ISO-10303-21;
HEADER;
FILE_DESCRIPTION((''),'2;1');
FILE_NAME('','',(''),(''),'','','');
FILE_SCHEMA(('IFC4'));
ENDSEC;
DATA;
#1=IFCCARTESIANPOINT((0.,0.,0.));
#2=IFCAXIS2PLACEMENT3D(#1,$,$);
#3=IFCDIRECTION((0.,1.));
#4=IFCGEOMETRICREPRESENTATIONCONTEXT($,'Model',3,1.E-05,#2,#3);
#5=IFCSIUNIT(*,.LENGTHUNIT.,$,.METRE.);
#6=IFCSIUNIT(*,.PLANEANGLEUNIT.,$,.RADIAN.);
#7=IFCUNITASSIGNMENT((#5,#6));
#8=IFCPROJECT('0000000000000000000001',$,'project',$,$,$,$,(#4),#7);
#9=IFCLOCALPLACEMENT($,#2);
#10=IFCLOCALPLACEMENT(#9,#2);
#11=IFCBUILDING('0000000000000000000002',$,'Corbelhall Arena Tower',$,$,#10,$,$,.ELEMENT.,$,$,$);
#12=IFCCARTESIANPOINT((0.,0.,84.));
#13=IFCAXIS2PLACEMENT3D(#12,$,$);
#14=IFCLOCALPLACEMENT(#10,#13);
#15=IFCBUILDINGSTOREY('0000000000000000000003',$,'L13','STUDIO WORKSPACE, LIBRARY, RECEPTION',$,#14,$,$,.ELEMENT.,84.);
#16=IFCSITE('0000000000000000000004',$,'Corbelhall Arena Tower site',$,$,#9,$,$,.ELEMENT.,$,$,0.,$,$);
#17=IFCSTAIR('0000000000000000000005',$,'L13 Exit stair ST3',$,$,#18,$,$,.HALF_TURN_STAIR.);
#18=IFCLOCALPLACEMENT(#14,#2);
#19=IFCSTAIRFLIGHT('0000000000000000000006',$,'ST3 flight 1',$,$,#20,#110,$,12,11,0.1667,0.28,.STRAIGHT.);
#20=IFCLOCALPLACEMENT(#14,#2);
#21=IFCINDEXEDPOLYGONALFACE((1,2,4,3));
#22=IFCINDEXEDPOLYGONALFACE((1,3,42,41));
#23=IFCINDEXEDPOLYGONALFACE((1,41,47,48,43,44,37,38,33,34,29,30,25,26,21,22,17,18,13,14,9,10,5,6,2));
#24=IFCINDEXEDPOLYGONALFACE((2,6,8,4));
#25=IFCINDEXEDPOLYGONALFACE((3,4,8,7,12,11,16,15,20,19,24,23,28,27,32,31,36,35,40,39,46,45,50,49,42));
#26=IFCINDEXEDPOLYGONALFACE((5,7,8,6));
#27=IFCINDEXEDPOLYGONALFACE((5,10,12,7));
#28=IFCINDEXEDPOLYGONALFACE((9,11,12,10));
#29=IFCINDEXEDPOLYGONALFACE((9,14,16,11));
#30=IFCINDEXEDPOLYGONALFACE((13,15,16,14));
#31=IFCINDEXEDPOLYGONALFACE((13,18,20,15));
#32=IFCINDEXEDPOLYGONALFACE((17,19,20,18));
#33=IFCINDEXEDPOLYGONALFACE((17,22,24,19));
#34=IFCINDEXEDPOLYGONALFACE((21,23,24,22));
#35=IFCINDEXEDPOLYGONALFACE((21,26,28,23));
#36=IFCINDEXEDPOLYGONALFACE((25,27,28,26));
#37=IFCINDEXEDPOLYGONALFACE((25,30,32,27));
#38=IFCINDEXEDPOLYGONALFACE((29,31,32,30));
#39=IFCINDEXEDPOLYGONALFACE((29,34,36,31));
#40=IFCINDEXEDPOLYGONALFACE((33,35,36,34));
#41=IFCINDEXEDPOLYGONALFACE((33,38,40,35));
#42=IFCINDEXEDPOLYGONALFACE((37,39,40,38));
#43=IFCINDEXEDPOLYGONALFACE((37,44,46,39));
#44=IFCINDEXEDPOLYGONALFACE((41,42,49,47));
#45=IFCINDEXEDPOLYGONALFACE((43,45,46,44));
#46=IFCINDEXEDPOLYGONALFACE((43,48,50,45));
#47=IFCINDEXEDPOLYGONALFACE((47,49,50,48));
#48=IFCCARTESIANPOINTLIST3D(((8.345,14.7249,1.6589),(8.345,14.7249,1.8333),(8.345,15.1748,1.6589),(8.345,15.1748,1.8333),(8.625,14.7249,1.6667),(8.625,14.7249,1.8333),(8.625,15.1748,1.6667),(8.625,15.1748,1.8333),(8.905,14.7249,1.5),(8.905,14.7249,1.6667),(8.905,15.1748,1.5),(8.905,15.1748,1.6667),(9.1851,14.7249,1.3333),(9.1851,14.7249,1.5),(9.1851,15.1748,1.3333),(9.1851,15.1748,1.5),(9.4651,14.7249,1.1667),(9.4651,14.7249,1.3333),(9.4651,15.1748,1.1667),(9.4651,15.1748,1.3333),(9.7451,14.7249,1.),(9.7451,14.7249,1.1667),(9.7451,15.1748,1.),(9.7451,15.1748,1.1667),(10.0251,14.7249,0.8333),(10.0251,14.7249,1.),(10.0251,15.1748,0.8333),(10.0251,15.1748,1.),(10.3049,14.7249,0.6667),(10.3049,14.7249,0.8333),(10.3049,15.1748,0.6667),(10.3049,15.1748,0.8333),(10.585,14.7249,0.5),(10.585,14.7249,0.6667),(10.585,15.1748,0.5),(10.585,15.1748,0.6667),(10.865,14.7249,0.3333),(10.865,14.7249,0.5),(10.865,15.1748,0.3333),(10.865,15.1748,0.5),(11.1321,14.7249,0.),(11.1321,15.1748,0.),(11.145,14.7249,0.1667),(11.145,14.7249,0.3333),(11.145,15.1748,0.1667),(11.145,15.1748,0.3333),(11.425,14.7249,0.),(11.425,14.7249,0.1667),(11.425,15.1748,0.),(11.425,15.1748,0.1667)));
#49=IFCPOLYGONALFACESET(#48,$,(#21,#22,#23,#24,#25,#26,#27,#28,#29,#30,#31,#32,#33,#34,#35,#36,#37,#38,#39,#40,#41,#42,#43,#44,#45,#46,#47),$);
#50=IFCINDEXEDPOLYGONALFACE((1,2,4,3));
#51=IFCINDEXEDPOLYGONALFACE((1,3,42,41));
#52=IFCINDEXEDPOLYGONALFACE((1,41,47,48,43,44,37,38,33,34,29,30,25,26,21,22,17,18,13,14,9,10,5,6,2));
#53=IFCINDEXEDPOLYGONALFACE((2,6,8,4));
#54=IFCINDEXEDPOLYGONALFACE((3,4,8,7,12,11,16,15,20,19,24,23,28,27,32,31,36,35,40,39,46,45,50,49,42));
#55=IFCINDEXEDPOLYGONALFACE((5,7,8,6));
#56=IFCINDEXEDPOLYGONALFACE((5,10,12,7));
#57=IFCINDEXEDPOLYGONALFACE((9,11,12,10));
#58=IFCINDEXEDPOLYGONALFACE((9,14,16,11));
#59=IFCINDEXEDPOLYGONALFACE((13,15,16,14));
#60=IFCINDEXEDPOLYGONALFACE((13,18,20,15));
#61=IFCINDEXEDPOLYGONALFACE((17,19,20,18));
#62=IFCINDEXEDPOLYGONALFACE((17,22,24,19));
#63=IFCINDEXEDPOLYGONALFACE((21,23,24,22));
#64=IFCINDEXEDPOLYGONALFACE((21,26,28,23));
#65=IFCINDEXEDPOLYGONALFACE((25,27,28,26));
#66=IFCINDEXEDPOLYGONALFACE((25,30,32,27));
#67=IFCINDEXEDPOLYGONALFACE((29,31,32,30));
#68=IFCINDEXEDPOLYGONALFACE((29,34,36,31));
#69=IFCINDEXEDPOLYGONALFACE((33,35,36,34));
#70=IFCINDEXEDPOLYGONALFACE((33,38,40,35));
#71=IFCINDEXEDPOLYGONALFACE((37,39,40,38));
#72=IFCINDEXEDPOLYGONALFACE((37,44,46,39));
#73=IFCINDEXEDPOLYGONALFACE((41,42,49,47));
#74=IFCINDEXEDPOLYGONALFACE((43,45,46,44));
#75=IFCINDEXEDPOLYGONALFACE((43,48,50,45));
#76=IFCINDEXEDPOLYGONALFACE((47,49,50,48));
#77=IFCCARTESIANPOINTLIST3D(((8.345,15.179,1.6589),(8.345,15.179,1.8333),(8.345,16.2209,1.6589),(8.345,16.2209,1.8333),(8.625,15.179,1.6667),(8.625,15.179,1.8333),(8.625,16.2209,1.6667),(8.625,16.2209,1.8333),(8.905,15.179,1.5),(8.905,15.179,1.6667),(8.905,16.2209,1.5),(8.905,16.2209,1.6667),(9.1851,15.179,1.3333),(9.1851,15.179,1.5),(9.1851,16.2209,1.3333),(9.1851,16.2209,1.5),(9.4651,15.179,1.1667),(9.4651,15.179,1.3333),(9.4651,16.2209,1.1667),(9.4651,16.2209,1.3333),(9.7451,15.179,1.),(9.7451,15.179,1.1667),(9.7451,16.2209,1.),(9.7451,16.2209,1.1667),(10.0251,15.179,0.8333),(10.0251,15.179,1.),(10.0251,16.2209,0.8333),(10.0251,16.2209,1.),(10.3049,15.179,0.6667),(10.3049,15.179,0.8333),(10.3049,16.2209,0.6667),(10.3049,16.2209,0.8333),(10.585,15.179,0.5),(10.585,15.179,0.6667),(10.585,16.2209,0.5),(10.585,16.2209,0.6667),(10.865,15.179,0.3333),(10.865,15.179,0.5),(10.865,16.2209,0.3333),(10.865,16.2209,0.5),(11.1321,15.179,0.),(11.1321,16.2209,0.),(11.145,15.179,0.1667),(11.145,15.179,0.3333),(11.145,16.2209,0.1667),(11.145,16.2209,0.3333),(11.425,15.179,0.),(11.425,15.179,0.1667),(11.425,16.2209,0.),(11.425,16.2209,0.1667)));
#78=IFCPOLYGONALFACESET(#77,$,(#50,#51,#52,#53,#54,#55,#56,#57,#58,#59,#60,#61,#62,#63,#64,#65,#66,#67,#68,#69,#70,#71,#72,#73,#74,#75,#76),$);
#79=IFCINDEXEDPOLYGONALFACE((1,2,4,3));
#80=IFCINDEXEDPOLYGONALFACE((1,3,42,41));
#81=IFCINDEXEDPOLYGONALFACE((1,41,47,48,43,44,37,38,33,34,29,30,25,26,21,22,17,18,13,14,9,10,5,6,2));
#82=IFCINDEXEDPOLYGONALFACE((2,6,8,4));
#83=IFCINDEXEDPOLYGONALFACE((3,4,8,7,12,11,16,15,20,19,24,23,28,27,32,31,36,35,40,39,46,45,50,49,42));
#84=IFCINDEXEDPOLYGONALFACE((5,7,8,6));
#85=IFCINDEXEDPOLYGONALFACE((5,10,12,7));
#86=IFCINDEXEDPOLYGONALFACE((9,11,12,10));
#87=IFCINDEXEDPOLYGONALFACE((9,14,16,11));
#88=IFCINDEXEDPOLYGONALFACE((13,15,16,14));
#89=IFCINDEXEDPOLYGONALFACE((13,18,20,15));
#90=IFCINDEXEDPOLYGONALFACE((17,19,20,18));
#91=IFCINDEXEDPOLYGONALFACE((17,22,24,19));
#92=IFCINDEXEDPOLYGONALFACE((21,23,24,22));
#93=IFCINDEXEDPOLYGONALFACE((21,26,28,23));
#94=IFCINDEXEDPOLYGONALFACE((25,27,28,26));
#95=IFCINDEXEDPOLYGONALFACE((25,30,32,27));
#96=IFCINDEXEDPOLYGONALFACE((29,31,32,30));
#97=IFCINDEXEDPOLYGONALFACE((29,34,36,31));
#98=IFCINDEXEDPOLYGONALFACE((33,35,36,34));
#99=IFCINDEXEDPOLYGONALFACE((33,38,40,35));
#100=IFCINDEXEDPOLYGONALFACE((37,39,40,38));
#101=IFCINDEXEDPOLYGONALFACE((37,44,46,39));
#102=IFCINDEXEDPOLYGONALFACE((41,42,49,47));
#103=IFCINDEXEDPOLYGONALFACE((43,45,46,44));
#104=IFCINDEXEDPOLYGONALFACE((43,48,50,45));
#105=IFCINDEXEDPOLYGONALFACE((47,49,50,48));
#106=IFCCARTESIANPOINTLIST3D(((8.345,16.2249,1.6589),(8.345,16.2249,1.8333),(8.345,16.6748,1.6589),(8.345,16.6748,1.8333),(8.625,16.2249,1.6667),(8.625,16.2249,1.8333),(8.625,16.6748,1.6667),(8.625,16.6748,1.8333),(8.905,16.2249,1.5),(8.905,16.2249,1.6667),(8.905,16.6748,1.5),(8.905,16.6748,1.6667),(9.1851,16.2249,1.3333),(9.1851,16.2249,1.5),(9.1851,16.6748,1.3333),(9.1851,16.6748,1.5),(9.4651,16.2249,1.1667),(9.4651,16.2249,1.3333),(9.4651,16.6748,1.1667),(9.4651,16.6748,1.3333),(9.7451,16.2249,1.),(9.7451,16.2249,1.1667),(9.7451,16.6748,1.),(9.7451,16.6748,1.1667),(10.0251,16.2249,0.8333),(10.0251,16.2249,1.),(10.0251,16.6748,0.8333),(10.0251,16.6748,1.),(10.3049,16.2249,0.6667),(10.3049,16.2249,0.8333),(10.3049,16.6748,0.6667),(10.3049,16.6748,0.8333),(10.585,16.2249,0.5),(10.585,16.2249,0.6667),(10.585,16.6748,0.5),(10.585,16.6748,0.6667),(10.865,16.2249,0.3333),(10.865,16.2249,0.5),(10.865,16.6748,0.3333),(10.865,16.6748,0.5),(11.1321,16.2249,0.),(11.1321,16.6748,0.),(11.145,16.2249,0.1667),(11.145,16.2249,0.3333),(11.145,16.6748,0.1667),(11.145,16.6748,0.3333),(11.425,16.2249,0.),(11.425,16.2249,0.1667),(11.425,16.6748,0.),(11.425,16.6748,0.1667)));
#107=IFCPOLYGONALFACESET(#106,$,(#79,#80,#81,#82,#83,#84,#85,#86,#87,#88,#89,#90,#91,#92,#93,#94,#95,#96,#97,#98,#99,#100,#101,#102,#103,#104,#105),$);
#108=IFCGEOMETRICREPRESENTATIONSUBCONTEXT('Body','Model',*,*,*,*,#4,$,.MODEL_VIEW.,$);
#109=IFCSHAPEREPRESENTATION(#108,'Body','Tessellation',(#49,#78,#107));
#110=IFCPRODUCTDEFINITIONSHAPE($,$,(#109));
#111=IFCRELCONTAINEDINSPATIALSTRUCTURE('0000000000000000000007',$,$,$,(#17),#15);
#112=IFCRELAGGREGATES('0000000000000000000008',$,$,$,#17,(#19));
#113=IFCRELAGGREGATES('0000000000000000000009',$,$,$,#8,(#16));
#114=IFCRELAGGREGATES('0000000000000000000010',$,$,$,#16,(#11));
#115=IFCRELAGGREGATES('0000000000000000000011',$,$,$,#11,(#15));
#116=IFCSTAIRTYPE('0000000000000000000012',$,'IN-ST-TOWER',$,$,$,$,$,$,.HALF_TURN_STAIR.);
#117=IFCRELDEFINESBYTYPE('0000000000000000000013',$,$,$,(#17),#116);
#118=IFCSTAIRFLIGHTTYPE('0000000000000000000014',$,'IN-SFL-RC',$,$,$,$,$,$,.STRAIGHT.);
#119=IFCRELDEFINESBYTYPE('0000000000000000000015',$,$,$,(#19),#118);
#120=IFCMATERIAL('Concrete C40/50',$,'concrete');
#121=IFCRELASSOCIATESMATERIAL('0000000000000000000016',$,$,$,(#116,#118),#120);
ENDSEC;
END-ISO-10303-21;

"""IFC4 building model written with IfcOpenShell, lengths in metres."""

from ifc_helpers import new_model, si_unit, direction, frame, origin, place, context, subcontext, project, spatial, polyline, outline, extrude, material, type_object, element, aggregate, save


model = new_model("IFC4")

# Units and contexts
model_context = context("Model", 3, precision=1e-05, world=origin(), true_north=direction((0.0, 1.0)))
body_context = subcontext(model_context, "Body", "Model", "MODEL_VIEW")
ifc_project = project(units=[si_unit("LENGTHUNIT", "METRE"), si_unit("PLANEANGLEUNIT", "RADIAN")], contexts=[model_context])

# Site, building, storey
site_placement = place(None, origin())
site = spatial("IfcSite", under=ifc_project, at=site_placement, Name="Corbelhall Arena Tower site", CompositionType="ELEMENT", RefElevation=0.0)
building_placement = place(site_placement, origin())
building = spatial("IfcBuilding", under=site, at=building_placement, Name="Corbelhall Arena Tower", CompositionType="ELEMENT")
storey_placement = place(building_placement, frame((0.0, 0.0, 84.0)))
storey = spatial("IfcBuildingStorey", under=building, at=storey_placement, Name="L13", Description="STUDIO WORKSPACE, LIBRARY, RECEPTION", CompositionType="ELEMENT", Elevation=84.0)

# Shared definitions
ifc_material_1 = material(Name="Concrete C40/50", Category="concrete")

# Stair, stair flight
stair_type = type_object("IfcStairType", Name="IN-ST-TOWER", PredefinedType="HALF_TURN_STAIR", material=ifc_material_1)
stair_placement = place(storey_placement, origin())
stair = element("IfcStair", 1, at=stair_placement, inside=storey, type_object=stair_type, Name="L13 Exit stair ST3", PredefinedType="HALF_TURN_STAIR")
stair_flight_type = type_object("IfcStairFlightType", Name="IN-SFL-RC", PredefinedType="STRAIGHT", material=ifc_material_1)
stair_flight_1_placement = place(storey_placement, frame((11.425, 15.7, 0.0), z_axis=(0.0, 0.0, 1.0), x_axis=(-1.0, 0.0, 0.0)))
stair_flight_1 = element("IfcStairFlight", 2, at=stair_flight_1_placement, type_object=stair_flight_type, Name="ST3 flight 1", NumberOfRisers=12, NumberOfTreads=11, PredefinedType="STRAIGHT", RiserHeight=0.1667, TreadLength=0.28, context=body_context, shape_type="SweptSolid", body=[
    extrude(outline(polyline([(0.0, 0.0), (0.0, 0.1667), (0.28, 0.1667), (0.28, 0.3333), (0.5601, 0.3333), (0.5601, 0.5), (0.8401, 0.5), (0.8401, 0.6667), (1.1201, 0.6667), (1.1201, 0.8333), (1.3999, 0.8333), (1.3999, 1.0), (1.6799, 1.0), (1.6799, 1.1667), (1.96, 1.1667), (1.96, 1.3333), (2.24, 1.3333), (2.24, 1.5), (2.52, 1.5), (2.52, 1.6667), (2.8, 1.6667), (2.8, 1.8333), (3.0801, 1.8333), (3.0801, 2.0), (3.0801, 1.6589), (0.293, 0.0), (0.0, 0.0)])), frame((0.0, 0.9751, 0.0), z_axis=(0.0, -1.0, 0.0), x_axis=(1.0, 0.0, 0.0)), (0.0, 0.0, 1.0), 0.45),
    extrude(outline(polyline([(0.0, 0.0), (0.0, 0.1667), (0.28, 0.1667), (0.28, 0.3333), (0.5601, 0.3333), (0.5601, 0.5), (0.8401, 0.5), (0.8401, 0.6667), (1.1201, 0.6667), (1.1201, 0.8333), (1.3999, 0.8333), (1.3999, 1.0), (1.6799, 1.0), (1.6799, 1.1667), (1.96, 1.1667), (1.96, 1.3333), (2.24, 1.3333), (2.24, 1.5), (2.52, 1.5), (2.52, 1.6667), (2.8, 1.6667), (2.8, 1.8333), (3.0801, 1.8333), (3.0801, 2.0), (3.0801, 1.6589), (0.293, 0.0), (0.0, 0.0)])), frame((0.0, 0.521, 0.0), z_axis=(0.0, -1.0, 0.0), x_axis=(1.0, 0.0, 0.0)), (0.0, 0.0, 1.0), 1.042),
    extrude(outline(polyline([(0.0, 0.0), (0.0, 0.1667), (0.28, 0.1667), (0.28, 0.3333), (0.5601, 0.3333), (0.5601, 0.5), (0.8401, 0.5), (0.8401, 0.6667), (1.1201, 0.6667), (1.1201, 0.8333), (1.3999, 0.8333), (1.3999, 1.0), (1.6799, 1.0), (1.6799, 1.1667), (1.96, 1.1667), (1.96, 1.3333), (2.24, 1.3333), (2.24, 1.5), (2.52, 1.5), (2.52, 1.6667), (2.8, 1.6667), (2.8, 1.8333), (3.0801, 1.8333), (3.0801, 2.0), (3.0801, 1.6589), (0.293, 0.0), (0.0, 0.0)])), frame((0.0, -0.5249, 0.0), z_axis=(0.0, -1.0, 0.0), x_axis=(1.0, 0.0, 0.0)), (0.0, 0.0, 1.0), 0.45),
])
aggregate(stair, [stair_flight_1])

save(model, "model.ifc")
